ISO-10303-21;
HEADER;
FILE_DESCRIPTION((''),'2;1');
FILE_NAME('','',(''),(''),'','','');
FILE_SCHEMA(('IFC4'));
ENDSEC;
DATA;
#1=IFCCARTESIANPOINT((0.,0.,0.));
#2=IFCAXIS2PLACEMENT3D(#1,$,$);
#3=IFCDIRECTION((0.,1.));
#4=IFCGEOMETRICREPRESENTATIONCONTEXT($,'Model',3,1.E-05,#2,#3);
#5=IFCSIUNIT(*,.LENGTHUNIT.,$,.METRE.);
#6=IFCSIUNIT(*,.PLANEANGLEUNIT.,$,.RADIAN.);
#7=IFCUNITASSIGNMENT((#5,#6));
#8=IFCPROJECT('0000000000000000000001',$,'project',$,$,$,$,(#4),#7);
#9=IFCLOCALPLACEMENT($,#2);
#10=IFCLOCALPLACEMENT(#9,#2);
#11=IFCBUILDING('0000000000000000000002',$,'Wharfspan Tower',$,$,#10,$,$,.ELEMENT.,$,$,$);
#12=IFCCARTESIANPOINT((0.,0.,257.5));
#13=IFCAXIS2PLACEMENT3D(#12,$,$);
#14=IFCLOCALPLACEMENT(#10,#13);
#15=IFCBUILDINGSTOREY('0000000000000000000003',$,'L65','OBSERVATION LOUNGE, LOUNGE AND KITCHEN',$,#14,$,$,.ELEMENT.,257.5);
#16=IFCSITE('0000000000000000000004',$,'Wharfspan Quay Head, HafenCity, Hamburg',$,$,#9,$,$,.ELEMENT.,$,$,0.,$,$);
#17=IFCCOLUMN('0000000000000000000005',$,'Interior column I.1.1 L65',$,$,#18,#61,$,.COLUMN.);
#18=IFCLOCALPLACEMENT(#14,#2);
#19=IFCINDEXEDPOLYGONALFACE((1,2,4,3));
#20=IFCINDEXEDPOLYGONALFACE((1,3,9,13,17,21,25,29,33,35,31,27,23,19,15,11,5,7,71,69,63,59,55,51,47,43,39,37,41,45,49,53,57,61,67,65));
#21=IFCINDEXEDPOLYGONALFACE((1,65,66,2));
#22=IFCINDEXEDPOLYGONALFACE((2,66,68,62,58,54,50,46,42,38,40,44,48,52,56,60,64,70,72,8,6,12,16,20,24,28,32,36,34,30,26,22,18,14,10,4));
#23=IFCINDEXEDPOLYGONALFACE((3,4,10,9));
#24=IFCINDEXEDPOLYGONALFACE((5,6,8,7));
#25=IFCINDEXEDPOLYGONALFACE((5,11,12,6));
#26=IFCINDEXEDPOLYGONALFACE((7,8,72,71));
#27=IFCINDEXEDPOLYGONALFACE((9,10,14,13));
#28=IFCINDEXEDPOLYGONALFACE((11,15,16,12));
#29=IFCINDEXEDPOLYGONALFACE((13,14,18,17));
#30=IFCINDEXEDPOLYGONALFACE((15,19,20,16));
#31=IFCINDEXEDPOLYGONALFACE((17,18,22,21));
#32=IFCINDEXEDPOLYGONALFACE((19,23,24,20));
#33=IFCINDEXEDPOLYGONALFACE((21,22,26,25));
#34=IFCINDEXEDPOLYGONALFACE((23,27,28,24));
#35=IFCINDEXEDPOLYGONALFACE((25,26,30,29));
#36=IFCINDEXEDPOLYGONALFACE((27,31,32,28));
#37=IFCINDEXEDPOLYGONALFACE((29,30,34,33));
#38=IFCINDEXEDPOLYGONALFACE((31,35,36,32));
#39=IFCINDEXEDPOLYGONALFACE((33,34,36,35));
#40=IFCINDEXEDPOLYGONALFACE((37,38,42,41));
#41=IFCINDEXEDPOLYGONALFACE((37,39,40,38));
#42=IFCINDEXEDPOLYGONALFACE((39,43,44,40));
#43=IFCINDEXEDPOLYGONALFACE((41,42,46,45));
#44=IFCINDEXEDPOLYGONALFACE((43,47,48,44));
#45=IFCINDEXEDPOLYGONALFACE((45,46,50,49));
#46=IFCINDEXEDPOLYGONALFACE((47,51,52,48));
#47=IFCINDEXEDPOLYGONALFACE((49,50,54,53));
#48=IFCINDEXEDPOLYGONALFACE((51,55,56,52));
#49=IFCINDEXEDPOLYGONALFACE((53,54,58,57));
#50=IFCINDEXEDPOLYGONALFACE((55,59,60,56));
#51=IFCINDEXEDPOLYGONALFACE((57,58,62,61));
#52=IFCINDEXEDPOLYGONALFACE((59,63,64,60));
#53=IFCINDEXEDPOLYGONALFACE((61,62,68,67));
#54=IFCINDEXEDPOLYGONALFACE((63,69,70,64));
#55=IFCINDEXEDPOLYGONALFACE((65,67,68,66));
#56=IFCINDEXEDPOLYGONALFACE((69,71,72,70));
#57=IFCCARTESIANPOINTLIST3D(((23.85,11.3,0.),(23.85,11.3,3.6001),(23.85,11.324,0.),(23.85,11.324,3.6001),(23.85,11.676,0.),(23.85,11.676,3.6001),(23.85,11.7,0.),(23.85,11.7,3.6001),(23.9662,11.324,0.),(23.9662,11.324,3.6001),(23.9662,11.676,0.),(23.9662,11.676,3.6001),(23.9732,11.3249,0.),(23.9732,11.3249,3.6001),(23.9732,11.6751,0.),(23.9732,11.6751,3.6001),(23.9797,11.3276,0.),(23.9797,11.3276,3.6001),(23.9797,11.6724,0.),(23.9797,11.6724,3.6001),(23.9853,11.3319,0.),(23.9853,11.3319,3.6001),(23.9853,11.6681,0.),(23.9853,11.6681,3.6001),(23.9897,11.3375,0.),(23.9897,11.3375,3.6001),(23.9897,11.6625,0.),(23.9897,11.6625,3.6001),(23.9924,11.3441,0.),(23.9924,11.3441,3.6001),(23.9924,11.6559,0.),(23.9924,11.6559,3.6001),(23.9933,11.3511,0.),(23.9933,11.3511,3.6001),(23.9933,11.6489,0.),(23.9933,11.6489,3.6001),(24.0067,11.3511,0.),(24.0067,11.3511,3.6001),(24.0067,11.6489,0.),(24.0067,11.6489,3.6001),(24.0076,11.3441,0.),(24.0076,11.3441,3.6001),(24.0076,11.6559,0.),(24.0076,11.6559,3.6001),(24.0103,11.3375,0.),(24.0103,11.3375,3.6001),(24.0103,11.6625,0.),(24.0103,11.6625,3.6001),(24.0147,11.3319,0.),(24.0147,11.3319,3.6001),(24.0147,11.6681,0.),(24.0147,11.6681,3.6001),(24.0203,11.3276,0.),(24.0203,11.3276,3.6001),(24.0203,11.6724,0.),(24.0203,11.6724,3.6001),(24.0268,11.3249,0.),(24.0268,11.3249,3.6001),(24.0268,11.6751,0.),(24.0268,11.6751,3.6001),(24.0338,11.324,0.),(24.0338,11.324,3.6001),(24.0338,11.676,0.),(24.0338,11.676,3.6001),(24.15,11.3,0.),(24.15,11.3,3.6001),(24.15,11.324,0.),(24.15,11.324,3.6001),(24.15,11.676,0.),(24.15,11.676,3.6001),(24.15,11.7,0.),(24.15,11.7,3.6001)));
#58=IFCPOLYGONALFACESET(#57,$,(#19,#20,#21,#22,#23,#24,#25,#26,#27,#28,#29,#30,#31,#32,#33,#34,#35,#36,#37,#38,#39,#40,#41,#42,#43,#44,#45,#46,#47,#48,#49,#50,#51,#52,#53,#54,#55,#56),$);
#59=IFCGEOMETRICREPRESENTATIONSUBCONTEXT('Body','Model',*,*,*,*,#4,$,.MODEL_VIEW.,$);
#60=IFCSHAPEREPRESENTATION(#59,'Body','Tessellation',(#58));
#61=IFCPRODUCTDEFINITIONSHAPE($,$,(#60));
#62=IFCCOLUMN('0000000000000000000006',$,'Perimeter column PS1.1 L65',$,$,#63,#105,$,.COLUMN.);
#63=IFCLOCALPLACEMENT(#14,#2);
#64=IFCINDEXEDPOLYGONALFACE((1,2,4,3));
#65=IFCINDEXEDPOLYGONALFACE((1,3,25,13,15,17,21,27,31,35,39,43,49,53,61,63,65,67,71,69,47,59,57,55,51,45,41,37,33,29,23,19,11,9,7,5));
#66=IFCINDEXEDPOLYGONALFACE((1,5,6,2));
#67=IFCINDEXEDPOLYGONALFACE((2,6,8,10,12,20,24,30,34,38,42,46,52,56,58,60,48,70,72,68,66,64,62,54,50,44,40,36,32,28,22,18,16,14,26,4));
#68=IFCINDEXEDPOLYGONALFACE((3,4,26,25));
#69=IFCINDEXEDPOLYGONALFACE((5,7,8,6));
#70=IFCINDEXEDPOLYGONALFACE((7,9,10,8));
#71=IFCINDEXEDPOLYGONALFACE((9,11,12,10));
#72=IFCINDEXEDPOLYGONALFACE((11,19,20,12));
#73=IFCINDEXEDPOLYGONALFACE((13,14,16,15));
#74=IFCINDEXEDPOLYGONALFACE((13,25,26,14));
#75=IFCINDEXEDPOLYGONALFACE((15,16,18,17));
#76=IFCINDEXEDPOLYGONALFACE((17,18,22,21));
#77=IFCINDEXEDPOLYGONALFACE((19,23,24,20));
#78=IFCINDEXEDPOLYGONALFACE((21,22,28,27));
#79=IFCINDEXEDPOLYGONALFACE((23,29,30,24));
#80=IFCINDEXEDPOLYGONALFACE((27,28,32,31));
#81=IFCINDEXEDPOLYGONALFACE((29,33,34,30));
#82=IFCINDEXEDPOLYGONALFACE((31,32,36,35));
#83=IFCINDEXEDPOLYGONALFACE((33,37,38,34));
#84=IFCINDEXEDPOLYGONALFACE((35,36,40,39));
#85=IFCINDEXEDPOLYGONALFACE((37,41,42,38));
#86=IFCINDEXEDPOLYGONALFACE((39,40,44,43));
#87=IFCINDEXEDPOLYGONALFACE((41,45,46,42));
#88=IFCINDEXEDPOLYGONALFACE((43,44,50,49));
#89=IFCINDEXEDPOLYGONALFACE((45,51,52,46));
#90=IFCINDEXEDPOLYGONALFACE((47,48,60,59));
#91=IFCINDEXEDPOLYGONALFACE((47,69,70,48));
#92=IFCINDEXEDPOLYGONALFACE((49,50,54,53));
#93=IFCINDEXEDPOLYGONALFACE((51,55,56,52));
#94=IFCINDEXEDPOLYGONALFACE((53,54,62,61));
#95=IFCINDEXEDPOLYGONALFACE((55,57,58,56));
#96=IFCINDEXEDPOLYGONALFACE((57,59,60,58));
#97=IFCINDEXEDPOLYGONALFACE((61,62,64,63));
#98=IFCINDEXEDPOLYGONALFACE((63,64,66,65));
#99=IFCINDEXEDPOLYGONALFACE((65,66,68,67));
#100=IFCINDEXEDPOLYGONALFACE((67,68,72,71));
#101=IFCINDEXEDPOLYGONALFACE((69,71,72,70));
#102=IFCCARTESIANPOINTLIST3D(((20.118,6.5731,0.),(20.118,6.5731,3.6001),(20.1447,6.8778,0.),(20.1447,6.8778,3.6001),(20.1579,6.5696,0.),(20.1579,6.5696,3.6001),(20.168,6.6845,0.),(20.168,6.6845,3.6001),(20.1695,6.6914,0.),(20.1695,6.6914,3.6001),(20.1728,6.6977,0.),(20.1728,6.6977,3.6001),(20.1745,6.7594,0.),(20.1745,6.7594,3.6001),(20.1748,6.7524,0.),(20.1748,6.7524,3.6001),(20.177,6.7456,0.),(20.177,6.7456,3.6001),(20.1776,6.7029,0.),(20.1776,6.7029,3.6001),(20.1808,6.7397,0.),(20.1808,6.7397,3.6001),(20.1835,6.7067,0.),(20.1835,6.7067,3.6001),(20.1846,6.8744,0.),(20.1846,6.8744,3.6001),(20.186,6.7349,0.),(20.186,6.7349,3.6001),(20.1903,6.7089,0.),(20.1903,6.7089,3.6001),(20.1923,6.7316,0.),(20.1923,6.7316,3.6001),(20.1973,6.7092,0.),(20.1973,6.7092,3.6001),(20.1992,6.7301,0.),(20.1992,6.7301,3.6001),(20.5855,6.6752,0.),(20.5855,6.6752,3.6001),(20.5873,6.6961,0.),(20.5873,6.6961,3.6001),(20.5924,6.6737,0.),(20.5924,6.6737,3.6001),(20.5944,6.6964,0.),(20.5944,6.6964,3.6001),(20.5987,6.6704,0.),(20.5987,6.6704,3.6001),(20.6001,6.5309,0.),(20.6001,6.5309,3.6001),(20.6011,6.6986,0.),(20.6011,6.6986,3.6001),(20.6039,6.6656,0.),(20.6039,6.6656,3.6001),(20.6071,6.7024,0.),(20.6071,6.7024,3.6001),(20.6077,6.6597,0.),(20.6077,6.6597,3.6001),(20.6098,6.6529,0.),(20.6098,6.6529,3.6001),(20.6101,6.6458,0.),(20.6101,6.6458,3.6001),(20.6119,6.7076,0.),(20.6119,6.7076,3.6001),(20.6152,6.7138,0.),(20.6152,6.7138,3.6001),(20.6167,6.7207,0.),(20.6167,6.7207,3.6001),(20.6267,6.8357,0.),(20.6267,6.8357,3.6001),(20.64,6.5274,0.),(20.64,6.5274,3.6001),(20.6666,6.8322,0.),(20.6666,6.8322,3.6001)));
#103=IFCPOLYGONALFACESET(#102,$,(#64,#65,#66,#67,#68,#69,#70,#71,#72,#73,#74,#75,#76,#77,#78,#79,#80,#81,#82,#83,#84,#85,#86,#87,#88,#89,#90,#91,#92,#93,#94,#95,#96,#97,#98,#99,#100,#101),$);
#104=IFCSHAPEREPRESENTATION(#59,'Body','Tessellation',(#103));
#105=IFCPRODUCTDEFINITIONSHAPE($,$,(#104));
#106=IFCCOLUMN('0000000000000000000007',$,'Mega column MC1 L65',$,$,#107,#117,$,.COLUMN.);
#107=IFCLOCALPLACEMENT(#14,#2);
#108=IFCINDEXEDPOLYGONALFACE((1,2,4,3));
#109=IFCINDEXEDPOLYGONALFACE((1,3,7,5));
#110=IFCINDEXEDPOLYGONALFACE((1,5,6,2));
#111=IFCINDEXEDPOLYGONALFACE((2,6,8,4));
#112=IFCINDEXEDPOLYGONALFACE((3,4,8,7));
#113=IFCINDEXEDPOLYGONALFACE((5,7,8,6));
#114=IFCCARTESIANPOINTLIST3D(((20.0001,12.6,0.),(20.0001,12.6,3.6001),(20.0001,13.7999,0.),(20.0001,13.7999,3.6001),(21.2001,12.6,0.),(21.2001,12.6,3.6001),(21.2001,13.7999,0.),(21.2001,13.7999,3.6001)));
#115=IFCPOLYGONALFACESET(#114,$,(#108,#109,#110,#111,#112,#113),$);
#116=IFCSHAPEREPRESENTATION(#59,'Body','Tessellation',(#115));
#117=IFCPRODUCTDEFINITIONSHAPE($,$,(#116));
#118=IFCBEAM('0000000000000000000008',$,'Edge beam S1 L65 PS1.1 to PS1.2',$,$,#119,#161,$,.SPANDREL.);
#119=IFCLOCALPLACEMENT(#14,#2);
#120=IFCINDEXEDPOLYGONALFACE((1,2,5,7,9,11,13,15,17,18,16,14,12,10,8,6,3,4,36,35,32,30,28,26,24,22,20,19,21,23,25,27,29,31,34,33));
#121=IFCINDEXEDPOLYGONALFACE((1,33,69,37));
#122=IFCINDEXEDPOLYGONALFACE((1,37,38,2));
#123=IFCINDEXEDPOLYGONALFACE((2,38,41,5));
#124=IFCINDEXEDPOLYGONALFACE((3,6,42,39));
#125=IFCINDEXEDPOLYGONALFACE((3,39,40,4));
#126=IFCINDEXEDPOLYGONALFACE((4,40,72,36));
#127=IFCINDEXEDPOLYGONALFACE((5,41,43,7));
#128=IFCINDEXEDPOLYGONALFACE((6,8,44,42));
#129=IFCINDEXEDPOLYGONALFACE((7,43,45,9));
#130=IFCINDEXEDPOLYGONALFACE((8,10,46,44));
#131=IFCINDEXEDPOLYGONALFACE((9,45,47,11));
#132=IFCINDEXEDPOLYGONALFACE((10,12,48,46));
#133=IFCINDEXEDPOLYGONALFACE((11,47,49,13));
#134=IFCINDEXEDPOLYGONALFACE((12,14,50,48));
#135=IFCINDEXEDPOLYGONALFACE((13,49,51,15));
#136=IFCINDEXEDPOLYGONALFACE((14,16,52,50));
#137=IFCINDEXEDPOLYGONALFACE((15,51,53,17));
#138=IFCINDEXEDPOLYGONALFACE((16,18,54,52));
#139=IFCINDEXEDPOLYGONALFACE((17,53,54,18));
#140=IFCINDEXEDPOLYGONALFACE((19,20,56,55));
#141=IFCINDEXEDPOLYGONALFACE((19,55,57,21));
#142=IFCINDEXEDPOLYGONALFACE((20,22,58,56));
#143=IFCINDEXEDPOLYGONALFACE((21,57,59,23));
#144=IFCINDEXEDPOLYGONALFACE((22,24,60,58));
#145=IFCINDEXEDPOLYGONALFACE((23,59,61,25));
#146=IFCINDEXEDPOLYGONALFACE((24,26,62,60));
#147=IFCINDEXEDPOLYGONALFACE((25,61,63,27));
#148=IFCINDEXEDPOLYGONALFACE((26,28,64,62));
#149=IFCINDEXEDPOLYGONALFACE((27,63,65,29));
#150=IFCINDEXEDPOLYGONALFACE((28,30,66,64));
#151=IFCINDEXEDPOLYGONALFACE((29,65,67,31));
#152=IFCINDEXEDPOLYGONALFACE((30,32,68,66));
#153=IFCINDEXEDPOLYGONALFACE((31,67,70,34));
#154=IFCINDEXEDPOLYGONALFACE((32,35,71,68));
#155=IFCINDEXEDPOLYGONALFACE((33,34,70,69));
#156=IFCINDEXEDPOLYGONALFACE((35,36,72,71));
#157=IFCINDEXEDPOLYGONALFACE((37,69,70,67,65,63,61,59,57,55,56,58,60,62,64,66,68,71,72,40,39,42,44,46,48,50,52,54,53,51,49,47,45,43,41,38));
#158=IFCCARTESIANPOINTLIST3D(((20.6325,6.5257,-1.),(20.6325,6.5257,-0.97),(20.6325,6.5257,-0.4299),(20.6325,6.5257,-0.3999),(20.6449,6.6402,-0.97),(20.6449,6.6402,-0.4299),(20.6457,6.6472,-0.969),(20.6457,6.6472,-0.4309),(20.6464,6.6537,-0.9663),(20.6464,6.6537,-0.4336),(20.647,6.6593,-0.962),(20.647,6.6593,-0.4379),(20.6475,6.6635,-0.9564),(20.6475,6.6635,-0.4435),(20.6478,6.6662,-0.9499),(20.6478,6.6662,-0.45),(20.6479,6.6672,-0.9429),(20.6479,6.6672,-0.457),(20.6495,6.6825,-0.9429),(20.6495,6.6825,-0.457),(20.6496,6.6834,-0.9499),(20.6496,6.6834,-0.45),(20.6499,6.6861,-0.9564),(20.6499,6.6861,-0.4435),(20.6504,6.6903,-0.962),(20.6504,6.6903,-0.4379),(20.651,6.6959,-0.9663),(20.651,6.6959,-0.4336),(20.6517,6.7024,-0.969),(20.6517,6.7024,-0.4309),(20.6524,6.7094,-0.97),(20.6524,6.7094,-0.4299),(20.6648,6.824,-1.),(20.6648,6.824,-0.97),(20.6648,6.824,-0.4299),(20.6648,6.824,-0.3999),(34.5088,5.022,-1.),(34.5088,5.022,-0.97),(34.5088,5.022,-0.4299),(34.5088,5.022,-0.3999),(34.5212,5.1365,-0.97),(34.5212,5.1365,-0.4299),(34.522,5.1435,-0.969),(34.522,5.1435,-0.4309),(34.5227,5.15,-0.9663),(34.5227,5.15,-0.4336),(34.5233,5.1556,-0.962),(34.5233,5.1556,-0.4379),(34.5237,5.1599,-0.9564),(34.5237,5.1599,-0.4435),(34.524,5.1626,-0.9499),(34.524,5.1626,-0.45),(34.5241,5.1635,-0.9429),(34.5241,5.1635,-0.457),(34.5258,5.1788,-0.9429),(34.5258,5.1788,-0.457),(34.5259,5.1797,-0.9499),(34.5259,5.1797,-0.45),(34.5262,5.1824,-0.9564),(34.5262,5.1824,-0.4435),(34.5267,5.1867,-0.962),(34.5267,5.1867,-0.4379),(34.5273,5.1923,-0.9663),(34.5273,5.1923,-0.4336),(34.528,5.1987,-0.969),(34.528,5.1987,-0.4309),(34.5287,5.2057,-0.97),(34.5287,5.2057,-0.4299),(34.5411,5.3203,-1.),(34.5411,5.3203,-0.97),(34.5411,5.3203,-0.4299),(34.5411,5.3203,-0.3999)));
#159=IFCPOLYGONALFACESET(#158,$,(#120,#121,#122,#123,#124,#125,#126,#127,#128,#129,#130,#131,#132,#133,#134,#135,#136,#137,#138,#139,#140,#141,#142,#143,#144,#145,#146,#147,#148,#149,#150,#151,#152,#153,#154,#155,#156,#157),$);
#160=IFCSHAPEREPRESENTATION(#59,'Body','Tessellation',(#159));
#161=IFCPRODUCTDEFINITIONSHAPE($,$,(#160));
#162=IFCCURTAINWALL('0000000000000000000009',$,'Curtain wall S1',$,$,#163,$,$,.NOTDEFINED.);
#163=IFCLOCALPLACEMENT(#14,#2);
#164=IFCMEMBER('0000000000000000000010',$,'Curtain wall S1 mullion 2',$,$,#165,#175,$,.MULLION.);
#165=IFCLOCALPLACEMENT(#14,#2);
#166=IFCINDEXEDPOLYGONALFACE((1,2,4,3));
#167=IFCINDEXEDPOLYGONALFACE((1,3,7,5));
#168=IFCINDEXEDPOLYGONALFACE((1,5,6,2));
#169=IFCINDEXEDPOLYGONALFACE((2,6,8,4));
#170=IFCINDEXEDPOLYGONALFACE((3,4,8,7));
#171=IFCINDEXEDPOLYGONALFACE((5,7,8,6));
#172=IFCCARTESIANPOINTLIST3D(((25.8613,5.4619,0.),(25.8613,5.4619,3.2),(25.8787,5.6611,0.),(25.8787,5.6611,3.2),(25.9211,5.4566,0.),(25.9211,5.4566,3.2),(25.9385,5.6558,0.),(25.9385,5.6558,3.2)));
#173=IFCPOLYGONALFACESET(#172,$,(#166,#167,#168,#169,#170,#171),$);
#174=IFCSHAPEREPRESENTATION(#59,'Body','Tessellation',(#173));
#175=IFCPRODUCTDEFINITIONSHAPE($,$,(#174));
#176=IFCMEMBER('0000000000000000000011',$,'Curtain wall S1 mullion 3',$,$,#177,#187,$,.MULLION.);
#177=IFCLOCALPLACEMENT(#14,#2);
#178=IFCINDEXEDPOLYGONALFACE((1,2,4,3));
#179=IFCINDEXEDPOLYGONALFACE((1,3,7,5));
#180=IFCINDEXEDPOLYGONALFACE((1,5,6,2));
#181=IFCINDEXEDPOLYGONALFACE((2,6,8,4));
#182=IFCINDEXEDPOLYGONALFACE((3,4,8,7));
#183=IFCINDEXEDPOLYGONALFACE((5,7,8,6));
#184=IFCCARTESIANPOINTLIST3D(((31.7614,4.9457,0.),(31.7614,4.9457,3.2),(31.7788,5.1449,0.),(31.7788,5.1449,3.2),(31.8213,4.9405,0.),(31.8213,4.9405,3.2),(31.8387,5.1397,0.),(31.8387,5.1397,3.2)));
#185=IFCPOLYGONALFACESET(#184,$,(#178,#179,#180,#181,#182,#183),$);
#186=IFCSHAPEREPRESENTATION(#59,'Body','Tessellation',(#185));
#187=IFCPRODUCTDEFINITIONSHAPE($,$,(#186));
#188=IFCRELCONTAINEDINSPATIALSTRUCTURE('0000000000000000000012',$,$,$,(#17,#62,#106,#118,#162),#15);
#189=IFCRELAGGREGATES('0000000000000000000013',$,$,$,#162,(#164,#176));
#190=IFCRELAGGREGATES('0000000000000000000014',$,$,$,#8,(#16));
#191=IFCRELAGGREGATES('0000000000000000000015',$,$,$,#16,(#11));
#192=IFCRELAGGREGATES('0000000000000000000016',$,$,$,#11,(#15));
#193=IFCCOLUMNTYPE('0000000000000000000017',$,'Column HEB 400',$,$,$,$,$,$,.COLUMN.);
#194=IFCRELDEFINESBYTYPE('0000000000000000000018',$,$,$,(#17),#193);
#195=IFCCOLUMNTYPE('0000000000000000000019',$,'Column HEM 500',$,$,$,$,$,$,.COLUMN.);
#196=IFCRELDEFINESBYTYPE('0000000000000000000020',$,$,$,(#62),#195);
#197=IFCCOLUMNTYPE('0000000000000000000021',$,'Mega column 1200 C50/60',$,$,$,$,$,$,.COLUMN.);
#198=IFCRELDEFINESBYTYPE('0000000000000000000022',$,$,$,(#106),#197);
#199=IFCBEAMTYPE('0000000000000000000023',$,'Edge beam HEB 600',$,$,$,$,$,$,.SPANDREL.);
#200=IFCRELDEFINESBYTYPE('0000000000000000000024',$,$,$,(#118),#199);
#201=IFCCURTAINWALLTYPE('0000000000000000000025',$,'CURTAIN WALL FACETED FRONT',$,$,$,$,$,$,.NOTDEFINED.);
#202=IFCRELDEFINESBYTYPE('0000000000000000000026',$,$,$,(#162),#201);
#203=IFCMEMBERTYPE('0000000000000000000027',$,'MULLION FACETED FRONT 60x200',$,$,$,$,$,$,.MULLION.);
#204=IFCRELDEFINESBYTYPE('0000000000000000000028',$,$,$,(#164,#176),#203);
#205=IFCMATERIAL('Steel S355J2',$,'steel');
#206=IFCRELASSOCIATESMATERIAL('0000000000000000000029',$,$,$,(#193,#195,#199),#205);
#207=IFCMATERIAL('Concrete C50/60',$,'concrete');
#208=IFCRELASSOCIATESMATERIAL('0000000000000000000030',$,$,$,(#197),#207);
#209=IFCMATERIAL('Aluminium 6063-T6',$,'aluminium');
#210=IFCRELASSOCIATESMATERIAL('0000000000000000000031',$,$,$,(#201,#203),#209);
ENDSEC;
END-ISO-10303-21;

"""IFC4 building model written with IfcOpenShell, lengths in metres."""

from ifc_helpers import new_model, si_unit, direction, frame, origin, origin_2d, place, context, subcontext, project, spatial, rectangle, i_section, extrude, material, material_profile, profile_set, type_object, element, aggregate, save


model = new_model("IFC4")

# Units and contexts
model_context = context("Model", 3, precision=1e-05, world=origin(), true_north=direction((0.0, 1.0)))
body_context = subcontext(model_context, "Body", "Model", "MODEL_VIEW")
ifc_project = project(units=[si_unit("LENGTHUNIT", "METRE"), si_unit("PLANEANGLEUNIT", "RADIAN")], contexts=[model_context])

# Site, building, storey
site_placement = place(None, origin())
site = spatial("IfcSite", under=ifc_project, at=site_placement, Name="Wharfspan Quay Head, HafenCity, Hamburg", CompositionType="ELEMENT", RefElevation=0.0)
building_placement = place(site_placement, origin())
building = spatial("IfcBuilding", under=site, at=building_placement, Name="Wharfspan Tower", CompositionType="ELEMENT")
storey_placement = place(building_placement, frame((0.0, 0.0, 257.5)))
storey = spatial("IfcBuildingStorey", under=building, at=storey_placement, Name="L65", Description="OBSERVATION LOUNGE, LOUNGE AND KITCHEN", CompositionType="ELEMENT", Elevation=257.5)

# Columns
ifc_material_1 = material(Name="Steel S355J2", Category="steel")
ifc_material_profile_1 = material_profile(ifc_material_1, i_section(OverallWidth=0.3, OverallDepth=0.3999, WebThickness=0.0134, FlangeThickness=0.0239, FilletRadius=0.0271, at=origin_2d()))
ifc_profile_set_1 = profile_set([ifc_material_profile_1], Name="Steel S355J2")
column_type_1 = type_object("IfcColumnType", Name="Column HEB 400", PredefinedType="COLUMN", material=ifc_profile_set_1)
column_1_placement = place(storey_placement, frame((24.0, 11.5, 0.0), z_axis=(0.0, 0.0, 1.0), x_axis=(1.0, 0.0, 0.0)))
element("IfcColumn", 1, at=column_1_placement, inside=storey, type_object=column_type_1, Name="Interior column I.1.1 L65", PredefinedType="COLUMN", context=body_context, shape_type="SweptSolid", body=[
    extrude(i_section(OverallWidth=0.3, OverallDepth=0.3999, WebThickness=0.0134, FlangeThickness=0.0239, FilletRadius=0.0271, at=origin_2d()), origin(), (0.0, 0.0, 1.0), 3.6001),
])
ifc_material_profile_2 = material_profile(ifc_material_1, i_section(OverallWidth=0.3059, OverallDepth=0.5239, WebThickness=0.021, FlangeThickness=0.04, FilletRadius=0.0271, at=origin_2d()))
ifc_profile_set_2 = profile_set([ifc_material_profile_2], Name="Steel S355J2")
column_type_2 = type_object("IfcColumnType", Name="Column HEM 500", PredefinedType="COLUMN", material=ifc_profile_set_2)
column_2_placement = place(storey_placement, frame((20.3923, 6.7026, 0.0), z_axis=(0.0, 0.0, 1.0), x_axis=(-0.087156, -0.996197, 0.0)))
element("IfcColumn", 2, at=column_2_placement, inside=storey, type_object=column_type_2, Name="Perimeter column PS1.1 L65", PredefinedType="COLUMN", context=body_context, shape_type="SweptSolid", body=[
    extrude(i_section(OverallWidth=0.3059, OverallDepth=0.5239, WebThickness=0.021, FlangeThickness=0.04, FilletRadius=0.0271, at=origin_2d()), origin(), (0.0, 0.0, 1.0), 3.6001),
])
ifc_material_2 = material(Name="Concrete C50/60", Category="concrete")
ifc_material_profile_3 = material_profile(ifc_material_2, rectangle(XDim=1.2, YDim=1.2, at=origin_2d()))
ifc_profile_set_3 = profile_set([ifc_material_profile_3], Name="Concrete C50/60")
column_type_3 = type_object("IfcColumnType", Name="Mega column 1200 C50/60", PredefinedType="COLUMN", material=ifc_profile_set_3)
column_3_placement = place(storey_placement, frame((20.6001, 13.2, 0.0), z_axis=(0.0, 0.0, 1.0), x_axis=(1.0, 0.0, 0.0)))
element("IfcColumn", 3, at=column_3_placement, inside=storey, type_object=column_type_3, Name="Mega column MC1 L65", PredefinedType="COLUMN", context=body_context, shape_type="SweptSolid", body=[
    extrude(rectangle(XDim=1.2, YDim=1.2, at=origin_2d()), origin(), (0.0, 0.0, 1.0), 3.6001),
])

# Beam
ifc_material_profile_4 = material_profile(ifc_material_1, i_section(OverallWidth=0.3, OverallDepth=0.6001, WebThickness=0.0154, FlangeThickness=0.03, FilletRadius=0.0271, at=origin_2d()))
ifc_profile_set_4 = profile_set([ifc_material_profile_4], Name="Steel S355J2")
beam_type = type_object("IfcBeamType", Name="Edge beam HEB 600", PredefinedType="SPANDREL", material=ifc_profile_set_4)
beam_placement = place(storey_placement, frame((20.6487, 6.6748, -0.7), z_axis=(0.99418, -0.107732, 0.0), x_axis=(0.107732, 0.99418, 0.0)))
element("IfcBeam", 4, at=beam_placement, inside=storey, type_object=beam_type, Name="Edge beam S1 L65 PS1.1 to PS1.2", PredefinedType="SPANDREL", context=body_context, shape_type="SweptSolid", body=[
    extrude(i_section(OverallWidth=0.3, OverallDepth=0.6001, WebThickness=0.0154, FlangeThickness=0.03, FilletRadius=0.0271, at=origin_2d()), origin(), (0.0, 0.0, 1.0), 13.9575),
])

# Curtain wall, members
ifc_material_3 = material(Name="Aluminium 6063-T6", Category="aluminium")
curtain_wall_type_1 = type_object("IfcCurtainWallType", Name="CURTAIN WALL FACETED FRONT", PredefinedType="NOTDEFINED", material=ifc_material_3)
curtain_wall_1_placement = place(storey_placement, origin())
curtain_wall_1 = element("IfcCurtainWall", 5, at=curtain_wall_1_placement, inside=storey, type_object=curtain_wall_type_1, Name="Curtain wall S1", PredefinedType="NOTDEFINED")
ifc_material_profile_5 = material_profile(ifc_material_3, rectangle(XDim=0.2, YDim=0.0601, at=origin_2d()))
ifc_profile_set_5 = profile_set([ifc_material_profile_5], Name="Aluminium 6063-T6")
member_type_1 = type_object("IfcMemberType", Name="MULLION FACETED FRONT 60x200", PredefinedType="MULLION", material=ifc_profile_set_5)
member_1_placement = place(storey_placement, frame((25.8999, 5.5588, 0.0), z_axis=(0.0, 0.0, 1.0), x_axis=(0.087156, 0.996197, 0.0)))
member_1 = element("IfcMember", 6, at=member_1_placement, type_object=member_type_1, Name="Curtain wall S1 mullion 2", PredefinedType="MULLION", context=body_context, shape_type="SweptSolid", body=[
    extrude(rectangle(XDim=0.2, YDim=0.0601, at=origin_2d()), origin(), (0.0, 0.0, 1.0), 3.2),
])
member_2_placement = place(storey_placement, frame((31.8, 5.0427, 0.0), z_axis=(0.0, 0.0, 1.0), x_axis=(0.087156, 0.996197, 0.0)))
member_2 = element("IfcMember", 7, at=member_2_placement, type_object=member_type_1, Name="Curtain wall S1 mullion 3", PredefinedType="MULLION", context=body_context, shape_type="SweptSolid", body=[
    extrude(rectangle(XDim=0.2, YDim=0.0601, at=origin_2d()), origin(), (0.0, 0.0, 1.0), 3.2),
])
aggregate(curtain_wall_1, [member_1, member_2])

save(model, "model.ifc")
